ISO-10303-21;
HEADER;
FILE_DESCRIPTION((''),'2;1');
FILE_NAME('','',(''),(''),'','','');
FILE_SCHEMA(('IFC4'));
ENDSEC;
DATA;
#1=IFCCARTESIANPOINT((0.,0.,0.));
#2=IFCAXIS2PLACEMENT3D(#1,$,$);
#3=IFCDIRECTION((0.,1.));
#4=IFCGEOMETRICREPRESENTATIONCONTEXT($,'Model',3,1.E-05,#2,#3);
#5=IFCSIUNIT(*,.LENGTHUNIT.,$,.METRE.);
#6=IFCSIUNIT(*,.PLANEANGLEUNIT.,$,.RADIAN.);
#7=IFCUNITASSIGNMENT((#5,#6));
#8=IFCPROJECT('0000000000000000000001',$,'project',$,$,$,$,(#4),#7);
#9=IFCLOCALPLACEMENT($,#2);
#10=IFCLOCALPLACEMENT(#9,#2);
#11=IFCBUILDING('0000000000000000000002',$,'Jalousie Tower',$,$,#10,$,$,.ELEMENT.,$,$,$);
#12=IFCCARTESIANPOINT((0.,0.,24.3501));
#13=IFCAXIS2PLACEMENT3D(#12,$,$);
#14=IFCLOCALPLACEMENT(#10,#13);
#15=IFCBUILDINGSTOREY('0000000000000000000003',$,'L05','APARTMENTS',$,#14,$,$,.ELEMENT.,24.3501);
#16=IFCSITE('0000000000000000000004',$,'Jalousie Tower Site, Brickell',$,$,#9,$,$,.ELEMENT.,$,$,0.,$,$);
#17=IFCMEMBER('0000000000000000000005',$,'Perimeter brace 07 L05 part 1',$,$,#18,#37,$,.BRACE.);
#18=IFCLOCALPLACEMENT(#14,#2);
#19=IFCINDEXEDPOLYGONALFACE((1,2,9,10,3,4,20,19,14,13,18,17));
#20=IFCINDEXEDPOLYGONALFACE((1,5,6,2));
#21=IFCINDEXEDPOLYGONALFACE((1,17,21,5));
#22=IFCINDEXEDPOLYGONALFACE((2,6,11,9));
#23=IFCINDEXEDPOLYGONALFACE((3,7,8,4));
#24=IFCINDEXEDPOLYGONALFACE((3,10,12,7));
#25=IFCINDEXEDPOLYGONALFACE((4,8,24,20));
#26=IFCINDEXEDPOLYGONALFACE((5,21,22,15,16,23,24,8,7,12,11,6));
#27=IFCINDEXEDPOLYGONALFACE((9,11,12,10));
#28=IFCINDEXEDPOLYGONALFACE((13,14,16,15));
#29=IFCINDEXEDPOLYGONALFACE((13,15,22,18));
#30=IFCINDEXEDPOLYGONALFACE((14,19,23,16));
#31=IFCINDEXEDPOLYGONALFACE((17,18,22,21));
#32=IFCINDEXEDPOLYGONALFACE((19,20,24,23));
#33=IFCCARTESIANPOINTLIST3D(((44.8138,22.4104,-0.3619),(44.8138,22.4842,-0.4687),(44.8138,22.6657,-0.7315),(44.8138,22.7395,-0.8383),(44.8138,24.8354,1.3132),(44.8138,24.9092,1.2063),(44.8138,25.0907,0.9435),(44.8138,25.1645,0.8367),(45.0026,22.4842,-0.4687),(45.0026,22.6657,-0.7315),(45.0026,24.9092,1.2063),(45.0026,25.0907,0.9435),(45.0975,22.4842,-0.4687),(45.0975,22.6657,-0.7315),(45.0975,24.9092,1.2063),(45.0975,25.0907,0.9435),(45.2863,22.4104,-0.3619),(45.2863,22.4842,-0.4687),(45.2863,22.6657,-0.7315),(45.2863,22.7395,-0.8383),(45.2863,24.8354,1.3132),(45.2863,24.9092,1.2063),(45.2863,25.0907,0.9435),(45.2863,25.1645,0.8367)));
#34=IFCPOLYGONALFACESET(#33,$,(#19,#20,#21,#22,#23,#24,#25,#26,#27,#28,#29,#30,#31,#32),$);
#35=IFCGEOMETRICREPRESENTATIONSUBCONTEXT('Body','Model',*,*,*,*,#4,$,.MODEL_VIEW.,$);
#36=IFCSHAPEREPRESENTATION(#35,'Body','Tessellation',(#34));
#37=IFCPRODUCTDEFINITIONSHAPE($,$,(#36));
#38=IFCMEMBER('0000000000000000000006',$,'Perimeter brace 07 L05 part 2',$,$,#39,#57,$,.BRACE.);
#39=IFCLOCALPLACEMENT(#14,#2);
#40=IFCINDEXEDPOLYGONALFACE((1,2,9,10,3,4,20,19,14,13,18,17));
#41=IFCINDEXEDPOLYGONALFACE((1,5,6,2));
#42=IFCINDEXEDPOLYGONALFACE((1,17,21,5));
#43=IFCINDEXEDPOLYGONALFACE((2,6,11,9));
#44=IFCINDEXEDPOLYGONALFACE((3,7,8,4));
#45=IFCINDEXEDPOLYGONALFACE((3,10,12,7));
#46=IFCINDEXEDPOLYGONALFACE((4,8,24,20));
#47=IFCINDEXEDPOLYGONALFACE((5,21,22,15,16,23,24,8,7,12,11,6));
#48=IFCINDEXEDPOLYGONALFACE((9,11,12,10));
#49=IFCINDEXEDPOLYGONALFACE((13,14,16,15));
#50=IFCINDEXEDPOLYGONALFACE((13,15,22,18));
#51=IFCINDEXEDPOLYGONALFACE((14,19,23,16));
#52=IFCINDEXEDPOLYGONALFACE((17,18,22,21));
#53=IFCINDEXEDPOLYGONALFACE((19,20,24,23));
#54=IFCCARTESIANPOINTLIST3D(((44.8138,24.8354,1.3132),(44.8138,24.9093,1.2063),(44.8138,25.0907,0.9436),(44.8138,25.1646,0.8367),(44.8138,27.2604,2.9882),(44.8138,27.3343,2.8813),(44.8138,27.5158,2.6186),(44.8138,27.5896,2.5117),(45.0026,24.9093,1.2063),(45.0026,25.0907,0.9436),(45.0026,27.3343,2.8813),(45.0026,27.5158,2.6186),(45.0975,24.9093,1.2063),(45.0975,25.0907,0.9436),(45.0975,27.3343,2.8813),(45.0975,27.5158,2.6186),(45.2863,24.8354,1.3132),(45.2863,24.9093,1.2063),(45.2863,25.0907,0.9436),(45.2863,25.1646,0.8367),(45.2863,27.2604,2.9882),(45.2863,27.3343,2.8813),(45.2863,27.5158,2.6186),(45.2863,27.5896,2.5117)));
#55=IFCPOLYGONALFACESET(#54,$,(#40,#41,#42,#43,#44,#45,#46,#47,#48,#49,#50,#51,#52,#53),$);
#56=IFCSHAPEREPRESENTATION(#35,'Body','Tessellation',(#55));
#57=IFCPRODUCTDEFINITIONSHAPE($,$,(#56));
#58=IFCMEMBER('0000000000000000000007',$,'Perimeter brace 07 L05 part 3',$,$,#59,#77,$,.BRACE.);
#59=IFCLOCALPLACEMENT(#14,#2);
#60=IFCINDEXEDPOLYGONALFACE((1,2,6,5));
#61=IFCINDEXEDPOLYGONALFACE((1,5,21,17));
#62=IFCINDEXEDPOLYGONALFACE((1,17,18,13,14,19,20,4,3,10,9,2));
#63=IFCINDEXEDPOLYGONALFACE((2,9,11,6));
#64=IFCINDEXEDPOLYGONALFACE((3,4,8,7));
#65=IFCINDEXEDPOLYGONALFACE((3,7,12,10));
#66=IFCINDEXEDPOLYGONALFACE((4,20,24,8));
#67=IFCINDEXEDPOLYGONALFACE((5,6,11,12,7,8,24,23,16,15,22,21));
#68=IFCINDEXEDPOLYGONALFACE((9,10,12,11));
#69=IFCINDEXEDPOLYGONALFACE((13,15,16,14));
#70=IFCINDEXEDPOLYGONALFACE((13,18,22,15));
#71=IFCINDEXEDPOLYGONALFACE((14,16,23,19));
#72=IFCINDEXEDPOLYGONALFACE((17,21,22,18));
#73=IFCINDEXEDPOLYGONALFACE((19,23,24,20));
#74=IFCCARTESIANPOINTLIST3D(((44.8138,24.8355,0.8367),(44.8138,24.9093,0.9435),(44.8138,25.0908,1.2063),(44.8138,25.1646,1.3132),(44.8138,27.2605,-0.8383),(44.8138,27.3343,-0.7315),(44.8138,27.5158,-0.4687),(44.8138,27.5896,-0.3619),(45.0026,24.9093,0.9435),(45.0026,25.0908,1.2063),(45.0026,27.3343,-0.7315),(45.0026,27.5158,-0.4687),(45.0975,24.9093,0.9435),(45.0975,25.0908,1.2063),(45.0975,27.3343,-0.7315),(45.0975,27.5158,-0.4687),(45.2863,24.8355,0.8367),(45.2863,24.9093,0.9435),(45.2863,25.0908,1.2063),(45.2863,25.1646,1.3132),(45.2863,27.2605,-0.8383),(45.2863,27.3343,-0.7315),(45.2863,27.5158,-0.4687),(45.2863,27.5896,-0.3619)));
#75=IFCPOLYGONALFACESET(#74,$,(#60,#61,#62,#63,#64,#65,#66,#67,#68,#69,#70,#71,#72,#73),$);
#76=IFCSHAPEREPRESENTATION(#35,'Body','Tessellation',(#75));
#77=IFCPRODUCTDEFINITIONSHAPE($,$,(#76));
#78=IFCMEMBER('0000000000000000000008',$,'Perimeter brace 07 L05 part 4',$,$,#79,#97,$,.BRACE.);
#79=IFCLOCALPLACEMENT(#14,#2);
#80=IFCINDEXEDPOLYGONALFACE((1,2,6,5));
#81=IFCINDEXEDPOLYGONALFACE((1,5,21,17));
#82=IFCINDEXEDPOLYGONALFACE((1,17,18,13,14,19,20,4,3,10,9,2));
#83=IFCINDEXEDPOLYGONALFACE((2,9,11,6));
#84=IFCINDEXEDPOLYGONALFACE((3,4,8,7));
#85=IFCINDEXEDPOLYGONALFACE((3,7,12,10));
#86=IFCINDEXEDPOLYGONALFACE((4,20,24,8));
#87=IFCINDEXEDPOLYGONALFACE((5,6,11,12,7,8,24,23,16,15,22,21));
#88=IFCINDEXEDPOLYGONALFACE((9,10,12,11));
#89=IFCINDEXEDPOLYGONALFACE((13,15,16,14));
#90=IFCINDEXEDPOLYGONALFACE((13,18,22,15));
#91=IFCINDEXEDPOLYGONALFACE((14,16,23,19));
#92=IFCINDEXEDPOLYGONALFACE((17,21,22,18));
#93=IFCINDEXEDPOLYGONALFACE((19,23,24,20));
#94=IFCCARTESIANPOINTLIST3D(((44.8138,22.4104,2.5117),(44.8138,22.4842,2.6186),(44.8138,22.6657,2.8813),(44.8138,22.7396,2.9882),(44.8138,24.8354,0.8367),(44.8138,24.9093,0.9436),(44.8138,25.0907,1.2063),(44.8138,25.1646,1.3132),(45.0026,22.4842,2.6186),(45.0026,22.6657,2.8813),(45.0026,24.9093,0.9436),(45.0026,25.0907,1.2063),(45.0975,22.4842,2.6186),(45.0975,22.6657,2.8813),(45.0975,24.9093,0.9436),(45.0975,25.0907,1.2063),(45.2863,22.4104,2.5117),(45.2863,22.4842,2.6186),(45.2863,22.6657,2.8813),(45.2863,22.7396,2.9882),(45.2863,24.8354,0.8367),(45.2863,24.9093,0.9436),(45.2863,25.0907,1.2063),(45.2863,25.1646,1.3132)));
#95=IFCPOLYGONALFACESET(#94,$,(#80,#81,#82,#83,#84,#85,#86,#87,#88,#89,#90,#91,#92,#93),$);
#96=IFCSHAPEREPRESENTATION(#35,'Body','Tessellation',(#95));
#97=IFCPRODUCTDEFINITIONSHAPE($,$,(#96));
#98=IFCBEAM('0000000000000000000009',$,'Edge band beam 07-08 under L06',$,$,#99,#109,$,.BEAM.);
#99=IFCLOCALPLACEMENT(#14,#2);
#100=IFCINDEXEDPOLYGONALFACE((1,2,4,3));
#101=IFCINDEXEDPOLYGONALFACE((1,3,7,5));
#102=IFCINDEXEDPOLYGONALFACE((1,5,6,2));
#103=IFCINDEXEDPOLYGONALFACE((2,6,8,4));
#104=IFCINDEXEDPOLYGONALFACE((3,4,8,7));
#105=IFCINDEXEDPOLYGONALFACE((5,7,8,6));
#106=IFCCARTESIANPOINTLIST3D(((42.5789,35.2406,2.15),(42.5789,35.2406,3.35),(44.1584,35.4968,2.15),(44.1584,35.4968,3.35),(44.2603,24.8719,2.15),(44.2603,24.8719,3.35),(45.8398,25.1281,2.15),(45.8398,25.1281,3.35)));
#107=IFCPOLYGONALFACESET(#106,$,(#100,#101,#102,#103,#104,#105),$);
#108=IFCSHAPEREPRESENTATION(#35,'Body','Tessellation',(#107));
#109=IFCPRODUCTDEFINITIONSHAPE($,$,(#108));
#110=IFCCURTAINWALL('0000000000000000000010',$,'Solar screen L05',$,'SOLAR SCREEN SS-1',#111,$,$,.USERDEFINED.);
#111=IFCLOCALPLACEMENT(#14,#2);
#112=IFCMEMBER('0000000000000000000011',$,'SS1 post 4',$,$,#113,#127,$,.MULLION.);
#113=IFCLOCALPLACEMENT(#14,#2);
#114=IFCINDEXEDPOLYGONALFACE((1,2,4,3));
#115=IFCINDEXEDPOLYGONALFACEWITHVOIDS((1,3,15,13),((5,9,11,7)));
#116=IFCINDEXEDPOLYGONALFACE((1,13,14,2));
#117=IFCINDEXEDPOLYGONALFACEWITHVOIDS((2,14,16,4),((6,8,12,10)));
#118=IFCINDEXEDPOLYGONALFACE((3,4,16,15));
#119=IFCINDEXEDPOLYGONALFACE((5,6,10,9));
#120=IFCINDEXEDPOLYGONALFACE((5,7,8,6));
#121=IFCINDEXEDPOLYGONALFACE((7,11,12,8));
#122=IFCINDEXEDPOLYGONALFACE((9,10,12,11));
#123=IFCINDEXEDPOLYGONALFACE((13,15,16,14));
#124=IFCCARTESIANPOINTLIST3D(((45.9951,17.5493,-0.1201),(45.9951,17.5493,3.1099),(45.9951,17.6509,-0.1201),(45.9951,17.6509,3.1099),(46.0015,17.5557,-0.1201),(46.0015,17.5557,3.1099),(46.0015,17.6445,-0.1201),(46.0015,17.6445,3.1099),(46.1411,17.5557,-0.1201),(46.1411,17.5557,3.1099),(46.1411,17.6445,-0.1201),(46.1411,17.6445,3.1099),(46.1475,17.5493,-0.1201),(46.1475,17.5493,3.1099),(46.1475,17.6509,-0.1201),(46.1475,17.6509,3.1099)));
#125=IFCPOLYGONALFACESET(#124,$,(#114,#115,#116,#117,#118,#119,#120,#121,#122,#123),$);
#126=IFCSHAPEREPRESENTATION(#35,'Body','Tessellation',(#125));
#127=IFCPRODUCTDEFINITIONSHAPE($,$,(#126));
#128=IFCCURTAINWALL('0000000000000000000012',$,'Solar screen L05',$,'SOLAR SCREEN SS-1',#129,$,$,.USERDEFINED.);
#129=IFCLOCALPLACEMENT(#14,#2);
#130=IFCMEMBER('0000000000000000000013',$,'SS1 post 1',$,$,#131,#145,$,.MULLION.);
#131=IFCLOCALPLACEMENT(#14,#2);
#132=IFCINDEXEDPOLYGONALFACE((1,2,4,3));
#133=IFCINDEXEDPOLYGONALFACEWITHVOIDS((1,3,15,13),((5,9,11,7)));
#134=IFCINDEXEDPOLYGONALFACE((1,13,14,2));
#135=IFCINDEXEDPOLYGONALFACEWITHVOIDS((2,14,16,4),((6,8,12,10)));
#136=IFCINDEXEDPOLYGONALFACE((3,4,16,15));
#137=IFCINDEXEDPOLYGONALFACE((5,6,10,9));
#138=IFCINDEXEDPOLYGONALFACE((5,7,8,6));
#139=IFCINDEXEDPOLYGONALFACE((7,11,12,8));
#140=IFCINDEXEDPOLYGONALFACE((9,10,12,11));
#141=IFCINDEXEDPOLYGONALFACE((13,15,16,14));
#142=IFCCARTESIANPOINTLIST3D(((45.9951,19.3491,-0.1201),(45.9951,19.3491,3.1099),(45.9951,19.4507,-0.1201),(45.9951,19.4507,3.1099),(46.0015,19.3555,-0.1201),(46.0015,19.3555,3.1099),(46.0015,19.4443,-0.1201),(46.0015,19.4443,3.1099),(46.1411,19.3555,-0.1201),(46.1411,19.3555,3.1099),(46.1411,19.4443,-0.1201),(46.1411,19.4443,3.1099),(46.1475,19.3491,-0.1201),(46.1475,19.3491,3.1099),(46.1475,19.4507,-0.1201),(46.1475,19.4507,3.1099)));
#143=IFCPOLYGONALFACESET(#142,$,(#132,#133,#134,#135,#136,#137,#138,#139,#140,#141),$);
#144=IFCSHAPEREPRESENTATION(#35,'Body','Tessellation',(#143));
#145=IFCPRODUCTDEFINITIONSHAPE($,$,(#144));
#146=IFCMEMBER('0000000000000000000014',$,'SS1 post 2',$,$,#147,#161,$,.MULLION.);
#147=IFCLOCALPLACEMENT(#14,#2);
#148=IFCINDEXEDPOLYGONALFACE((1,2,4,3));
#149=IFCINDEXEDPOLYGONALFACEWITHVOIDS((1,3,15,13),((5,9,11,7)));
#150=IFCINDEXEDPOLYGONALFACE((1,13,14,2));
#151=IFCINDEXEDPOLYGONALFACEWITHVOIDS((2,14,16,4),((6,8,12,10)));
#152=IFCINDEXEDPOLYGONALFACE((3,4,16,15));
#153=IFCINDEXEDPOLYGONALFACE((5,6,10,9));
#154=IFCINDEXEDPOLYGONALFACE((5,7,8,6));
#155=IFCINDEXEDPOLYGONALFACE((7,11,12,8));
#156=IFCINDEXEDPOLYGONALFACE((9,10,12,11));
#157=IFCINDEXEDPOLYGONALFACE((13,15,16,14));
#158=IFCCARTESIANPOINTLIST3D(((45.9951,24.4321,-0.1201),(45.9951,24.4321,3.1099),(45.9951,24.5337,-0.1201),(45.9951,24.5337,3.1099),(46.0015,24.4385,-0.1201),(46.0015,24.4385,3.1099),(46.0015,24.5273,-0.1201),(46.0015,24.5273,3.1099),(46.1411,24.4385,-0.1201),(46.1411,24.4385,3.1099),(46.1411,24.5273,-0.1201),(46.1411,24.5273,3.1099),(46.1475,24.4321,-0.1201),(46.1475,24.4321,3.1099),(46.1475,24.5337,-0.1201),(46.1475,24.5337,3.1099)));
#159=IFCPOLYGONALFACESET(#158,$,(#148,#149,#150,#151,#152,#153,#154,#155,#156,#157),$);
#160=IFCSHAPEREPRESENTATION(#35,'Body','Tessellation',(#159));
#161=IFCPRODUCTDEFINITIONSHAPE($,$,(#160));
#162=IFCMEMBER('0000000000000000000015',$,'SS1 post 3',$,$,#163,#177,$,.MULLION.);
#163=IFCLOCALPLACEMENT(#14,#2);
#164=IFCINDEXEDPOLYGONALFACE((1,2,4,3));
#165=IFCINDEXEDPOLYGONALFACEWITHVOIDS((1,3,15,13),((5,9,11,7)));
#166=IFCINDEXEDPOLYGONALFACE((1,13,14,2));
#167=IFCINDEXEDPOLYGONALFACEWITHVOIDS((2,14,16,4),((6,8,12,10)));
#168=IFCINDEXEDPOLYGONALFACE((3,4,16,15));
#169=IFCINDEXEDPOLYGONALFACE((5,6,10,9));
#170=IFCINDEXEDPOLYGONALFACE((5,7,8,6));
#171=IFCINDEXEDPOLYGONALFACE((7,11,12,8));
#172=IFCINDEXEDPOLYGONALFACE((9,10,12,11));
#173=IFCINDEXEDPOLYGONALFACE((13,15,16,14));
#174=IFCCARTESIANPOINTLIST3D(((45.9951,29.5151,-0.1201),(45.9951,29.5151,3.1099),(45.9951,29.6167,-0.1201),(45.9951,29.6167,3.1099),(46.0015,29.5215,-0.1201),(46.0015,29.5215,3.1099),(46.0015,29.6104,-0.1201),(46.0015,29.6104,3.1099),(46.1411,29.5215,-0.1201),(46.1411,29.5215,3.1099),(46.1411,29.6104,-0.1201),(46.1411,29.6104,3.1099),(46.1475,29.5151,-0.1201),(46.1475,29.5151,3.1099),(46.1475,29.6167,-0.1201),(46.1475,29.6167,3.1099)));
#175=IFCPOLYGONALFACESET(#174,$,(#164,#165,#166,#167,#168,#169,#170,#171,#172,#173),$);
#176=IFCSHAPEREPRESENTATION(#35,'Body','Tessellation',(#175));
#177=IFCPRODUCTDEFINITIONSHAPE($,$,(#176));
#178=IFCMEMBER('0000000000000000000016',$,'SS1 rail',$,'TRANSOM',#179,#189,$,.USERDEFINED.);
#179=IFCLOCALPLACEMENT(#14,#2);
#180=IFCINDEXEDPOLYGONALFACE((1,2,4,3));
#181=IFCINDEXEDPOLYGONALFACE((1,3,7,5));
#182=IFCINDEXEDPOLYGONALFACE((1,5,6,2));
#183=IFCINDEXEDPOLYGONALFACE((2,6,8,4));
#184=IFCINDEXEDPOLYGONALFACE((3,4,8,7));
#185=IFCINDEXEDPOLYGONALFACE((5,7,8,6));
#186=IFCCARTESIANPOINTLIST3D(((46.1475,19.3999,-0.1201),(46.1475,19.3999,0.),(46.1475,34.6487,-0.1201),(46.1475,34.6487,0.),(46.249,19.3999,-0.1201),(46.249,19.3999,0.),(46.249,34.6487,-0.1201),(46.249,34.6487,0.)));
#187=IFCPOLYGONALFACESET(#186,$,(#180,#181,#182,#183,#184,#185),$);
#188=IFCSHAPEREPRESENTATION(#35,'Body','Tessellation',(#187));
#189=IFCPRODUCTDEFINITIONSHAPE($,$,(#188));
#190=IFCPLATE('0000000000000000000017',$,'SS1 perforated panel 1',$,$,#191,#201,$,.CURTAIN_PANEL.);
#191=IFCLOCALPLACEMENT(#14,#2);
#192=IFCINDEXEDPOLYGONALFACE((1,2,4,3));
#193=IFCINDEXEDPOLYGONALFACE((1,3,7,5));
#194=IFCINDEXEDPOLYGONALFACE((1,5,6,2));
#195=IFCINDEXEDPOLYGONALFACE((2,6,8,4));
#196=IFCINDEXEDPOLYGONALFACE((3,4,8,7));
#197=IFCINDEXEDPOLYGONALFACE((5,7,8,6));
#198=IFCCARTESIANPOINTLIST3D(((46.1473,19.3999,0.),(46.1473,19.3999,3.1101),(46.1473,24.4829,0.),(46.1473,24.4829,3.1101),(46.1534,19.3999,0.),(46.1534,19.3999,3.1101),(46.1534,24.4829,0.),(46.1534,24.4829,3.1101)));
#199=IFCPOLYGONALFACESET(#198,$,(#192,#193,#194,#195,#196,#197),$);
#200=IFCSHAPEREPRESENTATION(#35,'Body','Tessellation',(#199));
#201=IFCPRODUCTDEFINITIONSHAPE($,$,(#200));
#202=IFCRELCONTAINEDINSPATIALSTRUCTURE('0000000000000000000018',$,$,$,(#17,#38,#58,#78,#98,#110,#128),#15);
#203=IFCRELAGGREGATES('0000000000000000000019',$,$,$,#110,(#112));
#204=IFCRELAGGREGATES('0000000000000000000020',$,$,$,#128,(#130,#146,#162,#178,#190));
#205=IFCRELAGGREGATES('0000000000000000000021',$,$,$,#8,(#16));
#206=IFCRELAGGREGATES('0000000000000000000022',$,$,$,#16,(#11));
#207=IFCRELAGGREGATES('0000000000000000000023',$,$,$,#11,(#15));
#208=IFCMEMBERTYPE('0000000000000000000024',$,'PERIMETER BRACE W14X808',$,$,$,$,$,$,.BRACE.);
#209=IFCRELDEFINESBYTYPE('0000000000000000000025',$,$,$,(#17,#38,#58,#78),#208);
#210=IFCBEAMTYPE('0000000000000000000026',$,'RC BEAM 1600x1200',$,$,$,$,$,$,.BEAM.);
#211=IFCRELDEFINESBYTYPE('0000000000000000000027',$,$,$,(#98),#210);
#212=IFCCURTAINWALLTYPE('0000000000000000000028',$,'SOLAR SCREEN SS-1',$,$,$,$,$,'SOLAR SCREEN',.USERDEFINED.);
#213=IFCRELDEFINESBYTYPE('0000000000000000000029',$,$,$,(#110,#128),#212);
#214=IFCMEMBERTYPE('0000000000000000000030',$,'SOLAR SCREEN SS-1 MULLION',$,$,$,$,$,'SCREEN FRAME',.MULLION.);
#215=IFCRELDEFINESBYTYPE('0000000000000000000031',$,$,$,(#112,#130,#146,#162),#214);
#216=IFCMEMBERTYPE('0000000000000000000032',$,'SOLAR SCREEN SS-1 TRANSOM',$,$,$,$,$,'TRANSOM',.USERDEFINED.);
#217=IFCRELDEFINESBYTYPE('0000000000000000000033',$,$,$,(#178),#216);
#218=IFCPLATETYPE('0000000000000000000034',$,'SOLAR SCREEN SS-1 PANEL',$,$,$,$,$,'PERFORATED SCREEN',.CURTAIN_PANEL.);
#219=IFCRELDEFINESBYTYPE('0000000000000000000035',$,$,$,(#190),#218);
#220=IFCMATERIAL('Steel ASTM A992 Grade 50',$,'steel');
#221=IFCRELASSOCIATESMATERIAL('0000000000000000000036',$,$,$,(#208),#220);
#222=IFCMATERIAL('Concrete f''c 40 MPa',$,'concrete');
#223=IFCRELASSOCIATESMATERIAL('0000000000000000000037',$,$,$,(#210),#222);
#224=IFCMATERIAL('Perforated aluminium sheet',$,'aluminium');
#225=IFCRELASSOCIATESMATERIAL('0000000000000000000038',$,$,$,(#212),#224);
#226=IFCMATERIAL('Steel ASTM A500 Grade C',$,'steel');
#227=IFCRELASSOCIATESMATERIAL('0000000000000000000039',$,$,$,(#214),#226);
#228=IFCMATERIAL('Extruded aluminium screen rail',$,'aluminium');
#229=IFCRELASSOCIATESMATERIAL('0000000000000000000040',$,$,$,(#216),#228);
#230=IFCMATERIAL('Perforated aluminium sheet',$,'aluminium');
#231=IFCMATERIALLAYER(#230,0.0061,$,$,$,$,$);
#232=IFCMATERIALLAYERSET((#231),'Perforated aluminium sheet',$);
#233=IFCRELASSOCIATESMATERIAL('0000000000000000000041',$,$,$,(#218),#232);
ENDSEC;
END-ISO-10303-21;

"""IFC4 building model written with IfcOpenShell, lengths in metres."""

from ifc_helpers import new_model, si_unit, direction, frame, origin, origin_2d, place, context, subcontext, project, spatial, rectangle, hollow_rectangle, i_section, extrude, material, layer, layer_set, material_profile, profile_set, type_object, element, aggregate, save


model = new_model("IFC4")

# Units and contexts
model_context = context("Model", 3, precision=1e-05, world=origin(), true_north=direction((0.0, 1.0)))
body_context = subcontext(model_context, "Body", "Model", "MODEL_VIEW")
ifc_project = project(units=[si_unit("LENGTHUNIT", "METRE"), si_unit("PLANEANGLEUNIT", "RADIAN")], contexts=[model_context])

# Site, building, storey
site_placement = place(None, origin())
site = spatial("IfcSite", under=ifc_project, at=site_placement, Name="Jalousie Tower Site, Brickell", CompositionType="ELEMENT", RefElevation=0.0)
building_placement = place(site_placement, origin())
building = spatial("IfcBuilding", under=site, at=building_placement, Name="Jalousie Tower", CompositionType="ELEMENT")
storey_placement = place(building_placement, frame((0.0, 0.0, 24.3501)))
storey = spatial("IfcBuildingStorey", under=building, at=storey_placement, Name="L05", Description="APARTMENTS", CompositionType="ELEMENT", Elevation=24.3501)

# Members
ifc_material_1 = material(Name="Steel ASTM A992 Grade 50", Category="steel")
ifc_material_profile_1 = material_profile(ifc_material_1, i_section(OverallWidth=0.4724, OverallDepth=0.5791, WebThickness=0.095, FlangeThickness=0.1299, at=origin_2d()), Name="W14X808")
ifc_profile_set_1 = profile_set([ifc_material_profile_1], Name="Steel ASTM A992 Grade 50")
member_type_1 = type_object("IfcMemberType", Name="PERIMETER BRACE W14X808", PredefinedType="BRACE", material=ifc_profile_set_1)
for number, where, z_axis, x_axis, name in (
    (1, (45.05, 22.575, -0.6001), (0.0, 0.8228, 0.568331), (-1.0, 0.0, 0.0), "Perimeter brace 07 L05 part 1"),
    (2, (45.05, 25.0, 1.075), (0.0, 0.8228, 0.568331), (-1.0, 0.0, 0.0), "Perimeter brace 07 L05 part 2"),
    (3, (45.05, 27.425, -0.6001), (0.0, -0.8228, 0.568331), (1.0, 0.0, 0.0), "Perimeter brace 07 L05 part 3"),
    (4, (45.05, 25.0, 1.075), (0.0, -0.8228, 0.568331), (1.0, 0.0, 0.0), "Perimeter brace 07 L05 part 4"),
):
    element("IfcMember", number, at=place(storey_placement, frame(where, z_axis=z_axis, x_axis=x_axis)), inside=storey, type_object=member_type_1, Name=name, PredefinedType="BRACE", context=body_context, shape_type="SweptSolid", body=[
        extrude(i_section(OverallWidth=0.4724, OverallDepth=0.5791, WebThickness=0.095, FlangeThickness=0.1299, at=origin_2d()), origin(), (0.0, 0.0, 1.0), 2.9473),
    ])

# Beam
ifc_material_2 = material(Name="Concrete f'c 40 MPa", Category="concrete")
ifc_material_profile_2 = material_profile(ifc_material_2, rectangle(XDim=1.6001, YDim=1.2, at=origin_2d()), Name="RC 1600x1200")
ifc_profile_set_2 = profile_set([ifc_material_profile_2], Name="Concrete f'c 40 MPa")
beam_type = type_object("IfcBeamType", Name="RC BEAM 1600x1200", PredefinedType="BEAM", material=ifc_profile_set_2)
beam_placement = place(storey_placement, frame((45.05, 25.0, 2.75), z_axis=(-0.160071, 0.987106, 0.0), x_axis=(-0.987106, -0.160071, 0.0)))
element("IfcBeam", 5, at=beam_placement, inside=storey, type_object=beam_type, Name="Edge band beam 07-08 under L06", PredefinedType="BEAM", context=body_context, shape_type="SweptSolid", body=[
    extrude(rectangle(XDim=1.6001, YDim=1.2, at=origin_2d()), origin(), (0.0, 0.0, 1.0), 10.5042),
])

# Curtain wall, member
ifc_material_3 = material(Name="Perforated aluminium sheet", Category="aluminium")
curtain_wall_type = type_object("IfcCurtainWallType", Name="SOLAR SCREEN SS-1", ElementType="SOLAR SCREEN", PredefinedType="USERDEFINED", material=ifc_material_3)
curtain_wall_1_placement = place(storey_placement, origin())
curtain_wall_1 = element("IfcCurtainWall", 6, at=curtain_wall_1_placement, inside=storey, type_object=curtain_wall_type, Name="Solar screen L05", ObjectType="SOLAR SCREEN SS-1", PredefinedType="USERDEFINED")
ifc_material_4 = material(Name="Steel ASTM A500 Grade C", Category="steel")
ifc_material_profile_3 = material_profile(ifc_material_4, hollow_rectangle(XDim=0.1016, YDim=0.1523, WallThickness=0.0063, at=origin_2d()), Name="HSS6X4X1/4")
ifc_profile_set_3 = profile_set([ifc_material_profile_3], Name="Steel ASTM A500 Grade C")
member_type_2 = type_object("IfcMemberType", Name="SOLAR SCREEN SS-1 MULLION", ElementType="SCREEN FRAME", PredefinedType="MULLION", material=ifc_profile_set_3)
member_1_placement = place(storey_placement, frame((46.0713, 17.6001, -0.1201), z_axis=(0.0, 0.0, 1.0), x_axis=(0.0, 1.0, 0.0)))
member_1 = element("IfcMember", 7, at=member_1_placement, type_object=member_type_2, Name="SS1 post 4", PredefinedType="MULLION", context=body_context, shape_type="SweptSolid", body=[
    extrude(hollow_rectangle(XDim=0.1016, YDim=0.1523, WallThickness=0.0063, at=origin_2d()), origin(), (0.0, 0.0, 1.0), 3.23),
])
aggregate(curtain_wall_1, [member_1])

# Curtain wall, members, plate
curtain_wall_2_placement = place(storey_placement, origin())
curtain_wall_2 = element("IfcCurtainWall", 8, at=curtain_wall_2_placement, inside=storey, type_object=curtain_wall_type, Name="Solar screen L05", ObjectType="SOLAR SCREEN SS-1", PredefinedType="USERDEFINED")
member_2_placement = place(storey_placement, frame((46.0713, 19.3999, -0.1201), z_axis=(0.0, 0.0, 1.0), x_axis=(0.0, 1.0, 0.0)))
member_2 = element("IfcMember", 9, at=member_2_placement, type_object=member_type_2, Name="SS1 post 1", PredefinedType="MULLION", context=body_context, shape_type="SweptSolid", body=[
    extrude(hollow_rectangle(XDim=0.1016, YDim=0.1523, WallThickness=0.0063, at=origin_2d()), origin(), (0.0, 0.0, 1.0), 3.23),
])
member_3_placement = place(storey_placement, frame((46.0713, 24.4829, -0.1201), z_axis=(0.0, 0.0, 1.0), x_axis=(0.0, 1.0, 0.0)))
member_3 = element("IfcMember", 10, at=member_3_placement, type_object=member_type_2, Name="SS1 post 2", PredefinedType="MULLION", context=body_context, shape_type="SweptSolid", body=[
    extrude(hollow_rectangle(XDim=0.1016, YDim=0.1523, WallThickness=0.0063, at=origin_2d()), origin(), (0.0, 0.0, 1.0), 3.23),
])
member_4_placement = place(storey_placement, frame((46.0713, 29.5659, -0.1201), z_axis=(0.0, 0.0, 1.0), x_axis=(0.0, 1.0, 0.0)))
member_4 = element("IfcMember", 11, at=member_4_placement, type_object=member_type_2, Name="SS1 post 3", PredefinedType="MULLION", context=body_context, shape_type="SweptSolid", body=[
    extrude(hollow_rectangle(XDim=0.1016, YDim=0.1523, WallThickness=0.0063, at=origin_2d()), origin(), (0.0, 0.0, 1.0), 3.23),
])
ifc_material_5 = material(Name="Extruded aluminium screen rail", Category="aluminium")
ifc_material_profile_4 = material_profile(ifc_material_5, rectangle(XDim=0.1016, YDim=0.1201, at=origin_2d()), Name="RAIL 102x120")
ifc_profile_set_4 = profile_set([ifc_material_profile_4], Name="Extruded aluminium screen rail")
member_type_3 = type_object("IfcMemberType", Name="SOLAR SCREEN SS-1 TRANSOM", ElementType="TRANSOM", PredefinedType="USERDEFINED", material=ifc_profile_set_4)
member_5_placement = place(storey_placement, frame((46.1982, 19.3999, -0.0601), z_axis=(0.0, 1.0, 0.0), x_axis=(-1.0, 0.0, 0.0)))
member_5 = element("IfcMember", 12, at=member_5_placement, type_object=member_type_3, Name="SS1 rail", ObjectType="TRANSOM", PredefinedType="USERDEFINED", context=body_context, shape_type="SweptSolid", body=[
    extrude(rectangle(XDim=0.1016, YDim=0.1201, at=origin_2d()), origin(), (0.0, 0.0, 1.0), 15.2488),
])
ifc_material_6 = material(Name="Perforated aluminium sheet", Category="aluminium")
ifc_layer_1 = layer(ifc_material_6, 0.0061)
ifc_layer_set_1 = layer_set([ifc_layer_1], Name="Perforated aluminium sheet")
plate_type = type_object("IfcPlateType", Name="SOLAR SCREEN SS-1 PANEL", ElementType="PERFORATED SCREEN", PredefinedType="CURTAIN_PANEL", material=ifc_layer_set_1)
plate_1_placement = place(storey_placement, frame((46.1504, 21.9414, 0.0), z_axis=(0.0, 0.0, 1.0), x_axis=(0.0, 1.0, 0.0)))
plate_1 = element("IfcPlate", 13, at=plate_1_placement, type_object=plate_type, Name="SS1 perforated panel 1", PredefinedType="CURTAIN_PANEL", context=body_context, shape_type="SweptSolid", body=[
    extrude(rectangle(XDim=5.083, YDim=0.0061, at=origin_2d()), origin(), (0.0, 0.0, 1.0), 3.1101),
])
aggregate(curtain_wall_2, [member_2, member_3, member_4, member_5, plate_1])

save(model, "model.ifc")
